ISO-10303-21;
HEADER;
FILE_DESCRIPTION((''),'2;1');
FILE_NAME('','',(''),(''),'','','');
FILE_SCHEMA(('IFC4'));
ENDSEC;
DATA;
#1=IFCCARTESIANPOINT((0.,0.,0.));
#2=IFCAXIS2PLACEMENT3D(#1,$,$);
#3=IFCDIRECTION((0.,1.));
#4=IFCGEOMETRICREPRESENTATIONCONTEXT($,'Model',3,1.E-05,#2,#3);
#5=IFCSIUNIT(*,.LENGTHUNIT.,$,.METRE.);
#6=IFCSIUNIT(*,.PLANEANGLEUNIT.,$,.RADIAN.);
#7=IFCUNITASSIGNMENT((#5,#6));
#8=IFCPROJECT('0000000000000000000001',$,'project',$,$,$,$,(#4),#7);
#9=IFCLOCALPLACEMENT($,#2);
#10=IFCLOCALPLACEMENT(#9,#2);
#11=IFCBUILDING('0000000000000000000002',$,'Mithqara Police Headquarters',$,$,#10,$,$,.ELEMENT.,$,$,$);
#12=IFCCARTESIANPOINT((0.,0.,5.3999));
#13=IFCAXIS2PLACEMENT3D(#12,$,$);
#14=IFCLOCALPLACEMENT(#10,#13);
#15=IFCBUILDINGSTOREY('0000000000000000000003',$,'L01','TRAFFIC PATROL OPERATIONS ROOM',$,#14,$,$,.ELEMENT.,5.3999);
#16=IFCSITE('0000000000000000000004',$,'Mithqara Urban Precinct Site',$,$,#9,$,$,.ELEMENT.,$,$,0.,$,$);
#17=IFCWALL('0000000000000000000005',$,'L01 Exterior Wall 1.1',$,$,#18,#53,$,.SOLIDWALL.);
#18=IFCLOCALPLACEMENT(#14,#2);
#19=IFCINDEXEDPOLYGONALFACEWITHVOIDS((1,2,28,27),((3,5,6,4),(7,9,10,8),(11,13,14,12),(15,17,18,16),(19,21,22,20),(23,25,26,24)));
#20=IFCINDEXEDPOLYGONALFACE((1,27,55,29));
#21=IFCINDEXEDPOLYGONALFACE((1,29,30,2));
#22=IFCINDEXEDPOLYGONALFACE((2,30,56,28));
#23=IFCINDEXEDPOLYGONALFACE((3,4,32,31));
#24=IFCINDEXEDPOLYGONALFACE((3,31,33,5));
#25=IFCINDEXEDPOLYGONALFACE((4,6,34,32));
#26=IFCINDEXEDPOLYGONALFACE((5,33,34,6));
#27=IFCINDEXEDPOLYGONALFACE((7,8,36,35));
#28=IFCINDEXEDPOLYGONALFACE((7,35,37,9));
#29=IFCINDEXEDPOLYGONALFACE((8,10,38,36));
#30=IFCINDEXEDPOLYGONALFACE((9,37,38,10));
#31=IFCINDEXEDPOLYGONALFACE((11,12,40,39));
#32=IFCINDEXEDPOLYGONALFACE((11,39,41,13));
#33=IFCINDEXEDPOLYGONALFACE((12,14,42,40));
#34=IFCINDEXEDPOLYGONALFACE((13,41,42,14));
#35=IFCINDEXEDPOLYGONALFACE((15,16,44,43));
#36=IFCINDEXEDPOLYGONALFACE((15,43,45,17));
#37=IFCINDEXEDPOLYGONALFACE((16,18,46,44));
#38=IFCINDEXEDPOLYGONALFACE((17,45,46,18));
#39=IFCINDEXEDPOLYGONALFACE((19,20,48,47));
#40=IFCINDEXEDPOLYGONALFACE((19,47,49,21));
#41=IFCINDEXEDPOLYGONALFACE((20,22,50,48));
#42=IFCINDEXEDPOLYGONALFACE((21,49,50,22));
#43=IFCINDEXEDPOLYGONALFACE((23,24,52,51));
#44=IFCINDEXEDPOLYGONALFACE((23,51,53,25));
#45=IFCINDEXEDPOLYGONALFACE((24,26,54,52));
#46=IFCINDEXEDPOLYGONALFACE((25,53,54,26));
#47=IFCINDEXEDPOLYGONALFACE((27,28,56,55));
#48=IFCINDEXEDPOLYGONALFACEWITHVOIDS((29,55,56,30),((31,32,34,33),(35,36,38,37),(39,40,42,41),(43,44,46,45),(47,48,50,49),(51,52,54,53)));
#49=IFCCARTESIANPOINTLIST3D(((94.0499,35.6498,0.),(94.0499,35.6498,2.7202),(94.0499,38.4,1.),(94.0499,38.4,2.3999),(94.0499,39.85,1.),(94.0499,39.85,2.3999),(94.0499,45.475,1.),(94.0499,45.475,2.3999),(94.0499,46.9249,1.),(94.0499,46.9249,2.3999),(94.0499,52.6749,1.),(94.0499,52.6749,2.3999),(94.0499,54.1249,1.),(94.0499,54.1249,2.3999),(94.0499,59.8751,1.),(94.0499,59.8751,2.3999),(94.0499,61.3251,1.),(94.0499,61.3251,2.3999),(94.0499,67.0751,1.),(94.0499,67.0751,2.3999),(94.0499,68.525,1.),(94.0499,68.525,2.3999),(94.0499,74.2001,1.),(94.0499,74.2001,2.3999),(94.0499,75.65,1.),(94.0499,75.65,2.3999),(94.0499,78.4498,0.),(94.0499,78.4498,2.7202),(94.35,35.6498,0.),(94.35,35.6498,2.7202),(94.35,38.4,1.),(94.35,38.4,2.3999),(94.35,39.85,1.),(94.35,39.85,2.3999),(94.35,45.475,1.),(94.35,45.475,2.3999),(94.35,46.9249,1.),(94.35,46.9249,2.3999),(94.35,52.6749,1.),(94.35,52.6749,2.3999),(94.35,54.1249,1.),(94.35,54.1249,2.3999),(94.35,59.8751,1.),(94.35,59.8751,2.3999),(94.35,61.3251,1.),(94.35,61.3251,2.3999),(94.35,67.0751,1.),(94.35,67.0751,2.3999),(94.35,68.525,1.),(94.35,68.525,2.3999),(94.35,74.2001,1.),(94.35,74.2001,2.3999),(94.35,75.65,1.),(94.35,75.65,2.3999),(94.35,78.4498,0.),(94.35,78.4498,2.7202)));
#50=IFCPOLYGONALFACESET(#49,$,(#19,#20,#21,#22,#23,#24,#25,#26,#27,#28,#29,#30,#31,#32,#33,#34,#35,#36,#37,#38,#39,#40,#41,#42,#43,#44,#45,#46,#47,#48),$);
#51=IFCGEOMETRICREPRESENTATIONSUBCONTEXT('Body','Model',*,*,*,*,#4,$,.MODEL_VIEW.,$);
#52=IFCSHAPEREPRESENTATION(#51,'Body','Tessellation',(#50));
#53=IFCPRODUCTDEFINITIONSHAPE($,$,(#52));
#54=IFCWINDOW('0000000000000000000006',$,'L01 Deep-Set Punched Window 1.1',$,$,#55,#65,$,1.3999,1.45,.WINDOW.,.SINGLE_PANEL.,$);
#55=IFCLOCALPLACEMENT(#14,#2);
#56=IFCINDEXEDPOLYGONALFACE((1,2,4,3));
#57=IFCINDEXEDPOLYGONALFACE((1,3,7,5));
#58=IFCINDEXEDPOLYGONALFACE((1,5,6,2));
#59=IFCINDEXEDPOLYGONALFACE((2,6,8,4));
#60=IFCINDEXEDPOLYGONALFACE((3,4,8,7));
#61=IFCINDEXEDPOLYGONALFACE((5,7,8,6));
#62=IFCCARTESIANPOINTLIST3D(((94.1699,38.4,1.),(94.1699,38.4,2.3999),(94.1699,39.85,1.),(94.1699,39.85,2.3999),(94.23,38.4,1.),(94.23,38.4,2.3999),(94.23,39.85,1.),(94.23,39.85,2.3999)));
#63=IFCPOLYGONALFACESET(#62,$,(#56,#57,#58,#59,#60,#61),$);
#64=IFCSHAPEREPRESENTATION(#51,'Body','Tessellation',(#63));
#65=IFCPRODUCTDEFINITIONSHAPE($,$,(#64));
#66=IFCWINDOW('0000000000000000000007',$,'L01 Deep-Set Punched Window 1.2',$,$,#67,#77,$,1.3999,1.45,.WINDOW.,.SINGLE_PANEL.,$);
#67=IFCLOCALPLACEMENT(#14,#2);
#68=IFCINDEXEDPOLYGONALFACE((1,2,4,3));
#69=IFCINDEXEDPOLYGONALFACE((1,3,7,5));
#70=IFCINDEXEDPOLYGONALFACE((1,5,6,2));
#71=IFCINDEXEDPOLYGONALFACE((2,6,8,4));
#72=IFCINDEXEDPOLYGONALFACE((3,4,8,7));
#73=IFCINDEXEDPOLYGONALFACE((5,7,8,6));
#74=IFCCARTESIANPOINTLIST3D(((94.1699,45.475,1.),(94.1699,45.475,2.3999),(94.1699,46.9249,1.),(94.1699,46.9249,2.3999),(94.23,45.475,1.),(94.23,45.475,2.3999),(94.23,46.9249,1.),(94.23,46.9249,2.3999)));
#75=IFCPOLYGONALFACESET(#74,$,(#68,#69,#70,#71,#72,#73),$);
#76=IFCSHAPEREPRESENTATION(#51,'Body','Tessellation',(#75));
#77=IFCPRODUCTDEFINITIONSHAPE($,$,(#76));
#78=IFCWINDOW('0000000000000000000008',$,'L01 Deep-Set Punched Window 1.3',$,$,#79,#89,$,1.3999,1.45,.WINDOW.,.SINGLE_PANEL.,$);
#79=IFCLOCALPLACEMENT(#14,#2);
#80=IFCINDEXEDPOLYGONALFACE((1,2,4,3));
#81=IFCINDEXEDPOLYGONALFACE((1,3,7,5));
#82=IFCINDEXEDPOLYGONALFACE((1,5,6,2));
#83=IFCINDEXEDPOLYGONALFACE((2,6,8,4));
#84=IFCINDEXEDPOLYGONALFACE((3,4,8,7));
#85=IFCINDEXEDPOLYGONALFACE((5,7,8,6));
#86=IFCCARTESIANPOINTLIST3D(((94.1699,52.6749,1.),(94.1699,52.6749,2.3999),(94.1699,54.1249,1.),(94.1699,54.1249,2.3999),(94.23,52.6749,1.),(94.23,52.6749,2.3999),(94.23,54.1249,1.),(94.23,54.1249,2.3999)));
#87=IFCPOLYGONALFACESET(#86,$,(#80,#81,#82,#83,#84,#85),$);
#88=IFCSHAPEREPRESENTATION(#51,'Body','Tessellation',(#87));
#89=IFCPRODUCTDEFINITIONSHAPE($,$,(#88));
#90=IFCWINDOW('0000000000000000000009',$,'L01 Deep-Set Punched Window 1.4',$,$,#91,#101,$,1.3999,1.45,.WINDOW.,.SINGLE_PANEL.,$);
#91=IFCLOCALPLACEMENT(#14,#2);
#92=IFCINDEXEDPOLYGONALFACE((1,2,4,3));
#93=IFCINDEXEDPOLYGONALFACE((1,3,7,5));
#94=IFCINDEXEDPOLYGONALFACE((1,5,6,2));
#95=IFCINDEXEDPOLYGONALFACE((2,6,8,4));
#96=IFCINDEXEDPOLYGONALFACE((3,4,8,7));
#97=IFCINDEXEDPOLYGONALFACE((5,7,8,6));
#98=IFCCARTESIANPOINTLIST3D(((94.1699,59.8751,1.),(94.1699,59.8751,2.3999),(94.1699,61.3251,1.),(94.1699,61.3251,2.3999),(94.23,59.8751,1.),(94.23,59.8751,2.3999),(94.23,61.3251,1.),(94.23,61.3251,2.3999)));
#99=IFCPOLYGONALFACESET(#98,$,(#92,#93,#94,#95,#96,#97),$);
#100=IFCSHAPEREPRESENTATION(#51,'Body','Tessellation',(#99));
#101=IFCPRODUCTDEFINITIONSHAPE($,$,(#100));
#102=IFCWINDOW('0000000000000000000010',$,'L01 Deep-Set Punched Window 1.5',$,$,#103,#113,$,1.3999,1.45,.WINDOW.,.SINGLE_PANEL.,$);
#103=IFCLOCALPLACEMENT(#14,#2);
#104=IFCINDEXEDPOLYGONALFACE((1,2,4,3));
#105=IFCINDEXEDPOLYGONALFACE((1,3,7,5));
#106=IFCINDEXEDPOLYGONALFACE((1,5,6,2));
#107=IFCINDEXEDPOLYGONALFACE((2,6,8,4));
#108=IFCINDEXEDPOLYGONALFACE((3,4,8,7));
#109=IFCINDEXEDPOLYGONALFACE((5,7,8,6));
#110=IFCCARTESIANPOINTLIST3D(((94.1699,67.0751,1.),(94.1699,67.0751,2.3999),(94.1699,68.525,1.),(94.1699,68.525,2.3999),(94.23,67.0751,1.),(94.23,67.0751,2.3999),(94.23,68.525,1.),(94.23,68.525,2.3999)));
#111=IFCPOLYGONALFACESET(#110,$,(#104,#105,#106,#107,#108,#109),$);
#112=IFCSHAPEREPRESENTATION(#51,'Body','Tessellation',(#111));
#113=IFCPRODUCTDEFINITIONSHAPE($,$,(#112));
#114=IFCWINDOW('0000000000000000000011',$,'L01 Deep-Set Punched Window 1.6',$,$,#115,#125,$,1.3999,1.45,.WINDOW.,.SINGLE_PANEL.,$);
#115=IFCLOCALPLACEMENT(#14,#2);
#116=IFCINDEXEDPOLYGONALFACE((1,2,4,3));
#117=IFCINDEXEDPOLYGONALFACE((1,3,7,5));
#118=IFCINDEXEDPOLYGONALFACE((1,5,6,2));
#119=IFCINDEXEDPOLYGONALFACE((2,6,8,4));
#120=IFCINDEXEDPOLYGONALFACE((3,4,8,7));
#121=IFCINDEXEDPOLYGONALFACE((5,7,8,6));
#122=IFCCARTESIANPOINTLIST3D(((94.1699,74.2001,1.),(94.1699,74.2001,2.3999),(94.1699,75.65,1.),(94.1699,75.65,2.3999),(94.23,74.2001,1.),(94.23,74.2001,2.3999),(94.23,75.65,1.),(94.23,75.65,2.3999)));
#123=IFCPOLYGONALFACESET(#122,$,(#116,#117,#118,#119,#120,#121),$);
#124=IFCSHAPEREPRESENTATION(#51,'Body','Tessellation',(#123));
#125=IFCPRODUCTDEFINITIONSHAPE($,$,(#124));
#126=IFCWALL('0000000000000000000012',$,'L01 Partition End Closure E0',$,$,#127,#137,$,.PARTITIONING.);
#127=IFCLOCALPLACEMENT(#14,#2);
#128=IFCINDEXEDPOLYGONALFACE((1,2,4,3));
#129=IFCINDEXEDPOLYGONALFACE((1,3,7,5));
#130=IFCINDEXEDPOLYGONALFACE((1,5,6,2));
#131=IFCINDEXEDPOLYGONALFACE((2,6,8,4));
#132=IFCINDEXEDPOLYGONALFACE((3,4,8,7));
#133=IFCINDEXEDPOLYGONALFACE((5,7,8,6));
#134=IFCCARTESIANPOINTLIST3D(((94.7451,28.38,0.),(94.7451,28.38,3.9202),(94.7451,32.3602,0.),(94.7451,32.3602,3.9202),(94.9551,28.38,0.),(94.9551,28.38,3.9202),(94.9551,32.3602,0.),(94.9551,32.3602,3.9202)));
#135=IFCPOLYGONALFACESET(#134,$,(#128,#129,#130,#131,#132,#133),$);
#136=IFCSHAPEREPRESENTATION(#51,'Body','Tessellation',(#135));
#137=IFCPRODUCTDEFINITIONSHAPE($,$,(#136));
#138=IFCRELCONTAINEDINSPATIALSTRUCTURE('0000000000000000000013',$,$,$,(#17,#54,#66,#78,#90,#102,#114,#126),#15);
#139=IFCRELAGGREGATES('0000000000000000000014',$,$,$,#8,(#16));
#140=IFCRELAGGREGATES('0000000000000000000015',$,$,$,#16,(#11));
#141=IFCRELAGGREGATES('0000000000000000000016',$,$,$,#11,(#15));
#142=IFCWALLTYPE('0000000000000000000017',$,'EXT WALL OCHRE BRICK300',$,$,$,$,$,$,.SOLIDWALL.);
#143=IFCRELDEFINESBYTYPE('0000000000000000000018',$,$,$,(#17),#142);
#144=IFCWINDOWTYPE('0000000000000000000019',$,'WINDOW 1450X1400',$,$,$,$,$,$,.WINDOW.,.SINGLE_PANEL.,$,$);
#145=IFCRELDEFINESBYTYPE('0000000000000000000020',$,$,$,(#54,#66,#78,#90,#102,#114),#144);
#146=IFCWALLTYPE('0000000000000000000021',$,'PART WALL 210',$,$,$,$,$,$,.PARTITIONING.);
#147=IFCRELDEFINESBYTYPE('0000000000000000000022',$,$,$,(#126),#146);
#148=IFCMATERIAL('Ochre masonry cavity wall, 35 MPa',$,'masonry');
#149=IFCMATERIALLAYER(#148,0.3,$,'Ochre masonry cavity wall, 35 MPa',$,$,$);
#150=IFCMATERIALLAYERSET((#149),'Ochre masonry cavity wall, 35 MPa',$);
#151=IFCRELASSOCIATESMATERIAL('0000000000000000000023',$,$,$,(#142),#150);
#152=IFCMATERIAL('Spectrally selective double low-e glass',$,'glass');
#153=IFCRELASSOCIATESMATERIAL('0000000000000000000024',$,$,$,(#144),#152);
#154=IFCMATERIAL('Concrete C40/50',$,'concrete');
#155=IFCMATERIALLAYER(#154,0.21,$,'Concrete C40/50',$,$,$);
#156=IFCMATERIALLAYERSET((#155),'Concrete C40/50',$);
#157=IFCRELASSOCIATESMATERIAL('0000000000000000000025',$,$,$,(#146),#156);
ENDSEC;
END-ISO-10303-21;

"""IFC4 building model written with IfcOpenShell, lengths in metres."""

from ifc_helpers import new_model, si_unit, direction, frame, frame_2d, origin, place, context, subcontext, project, spatial, rectangle, extrude, material, layer, layer_set, type_object, element, fill, save


model = new_model("IFC4")

# Units and contexts
model_context = context("Model", 3, precision=1e-05, world=origin(), true_north=direction((0.0, 1.0)))
body_context = subcontext(model_context, "Body", "Model", "MODEL_VIEW")
ifc_project = project(units=[si_unit("LENGTHUNIT", "METRE"), si_unit("PLANEANGLEUNIT", "RADIAN")], contexts=[model_context])

# Site, building, storey
site_placement = place(None, origin())
site = spatial("IfcSite", under=ifc_project, at=site_placement, Name="Mithqara Urban Precinct Site", CompositionType="ELEMENT", RefElevation=0.0)
building_placement = place(site_placement, origin())
building = spatial("IfcBuilding", under=site, at=building_placement, Name="Mithqara Police Headquarters", CompositionType="ELEMENT")
storey_placement = place(building_placement, frame((0.0, 0.0, 5.3999)))
storey = spatial("IfcBuildingStorey", under=building, at=storey_placement, Name="L01", Description="TRAFFIC PATROL OPERATIONS ROOM", CompositionType="ELEMENT", Elevation=5.3999)

# Shared definitions
ifc_material_1 = material(Name="Concrete C40/50", Category="concrete")

# Wall, openings, windows
ifc_material_2 = material(Name="Ochre masonry cavity wall, 35 MPa", Category="masonry")
ifc_layer_1 = layer(ifc_material_2, 0.3, Name="Ochre masonry cavity wall, 35 MPa")
ifc_layer_set_1 = layer_set([ifc_layer_1], Name="Ochre masonry cavity wall, 35 MPa")
wall_type_1 = type_object("IfcWallType", Name="EXT WALL OCHRE BRICK300", PredefinedType="SOLIDWALL", material=ifc_layer_set_1)
wall_1_placement = place(storey_placement, frame((94.2, 35.6499, 0.0), z_axis=(0.0, 0.0, 1.0), x_axis=(0.0, 1.0, 0.0)))
wall_1 = element("IfcWall", 1, at=wall_1_placement, inside=storey, type_object=wall_type_1, Name="L01 Exterior Wall 1.1", PredefinedType="SOLIDWALL", context=body_context, shape_type="SweptSolid", body=[
    extrude(rectangle(XDim=42.8, YDim=0.3, at=frame_2d((21.3999, 0.0))), origin(), (0.0, 0.0, 1.0), 2.7202),
])
opening_1_placement = place(wall_1_placement, frame((2.75, 0.0, 1.0)))
opening_1 = element("IfcOpeningElement", 2, at=opening_1_placement, cuts=wall_1, PredefinedType="OPENING", context=body_context, shape_type="SweptSolid", body=[
    extrude(rectangle(XDim=1.45, YDim=1.3999, at=frame_2d((0.7251, 0.7))), frame((0.0, 0.1602, 0.0), z_axis=(0.0, -1.0, 0.0), x_axis=(1.0, 0.0, 0.0)), (0.0, 0.0, 1.0), 0.3201),
])
opening_2_placement = place(wall_1_placement, frame((9.825, 0.0, 1.0)))
opening_2 = element("IfcOpeningElement", 3, at=opening_2_placement, cuts=wall_1, PredefinedType="OPENING", context=body_context, shape_type="SweptSolid", body=[
    extrude(rectangle(XDim=1.45, YDim=1.3999, at=frame_2d((0.7251, 0.7))), frame((0.0, 0.1602, 0.0), z_axis=(0.0, -1.0, 0.0), x_axis=(1.0, 0.0, 0.0)), (0.0, 0.0, 1.0), 0.3201),
])
opening_3_placement = place(wall_1_placement, frame((17.0249, 0.0, 1.0)))
opening_3 = element("IfcOpeningElement", 4, at=opening_3_placement, cuts=wall_1, PredefinedType="OPENING", context=body_context, shape_type="SweptSolid", body=[
    extrude(rectangle(XDim=1.45, YDim=1.3999, at=frame_2d((0.7251, 0.7))), frame((0.0, 0.1602, 0.0), z_axis=(0.0, -1.0, 0.0), x_axis=(1.0, 0.0, 0.0)), (0.0, 0.0, 1.0), 0.3201),
])
opening_4_placement = place(wall_1_placement, frame((24.2251, 0.0, 1.0)))
opening_4 = element("IfcOpeningElement", 5, at=opening_4_placement, cuts=wall_1, PredefinedType="OPENING", context=body_context, shape_type="SweptSolid", body=[
    extrude(rectangle(XDim=1.45, YDim=1.3999, at=frame_2d((0.7251, 0.7))), frame((0.0, 0.1602, 0.0), z_axis=(0.0, -1.0, 0.0), x_axis=(1.0, 0.0, 0.0)), (0.0, 0.0, 1.0), 0.3201),
])
opening_5_placement = place(wall_1_placement, frame((31.425, 0.0, 1.0)))
opening_5 = element("IfcOpeningElement", 6, at=opening_5_placement, cuts=wall_1, PredefinedType="OPENING", context=body_context, shape_type="SweptSolid", body=[
    extrude(rectangle(XDim=1.45, YDim=1.3999, at=frame_2d((0.7251, 0.7))), frame((0.0, 0.1602, 0.0), z_axis=(0.0, -1.0, 0.0), x_axis=(1.0, 0.0, 0.0)), (0.0, 0.0, 1.0), 0.3201),
])
opening_6_placement = place(wall_1_placement, frame((38.55, 0.0, 1.0)))
opening_6 = element("IfcOpeningElement", 7, at=opening_6_placement, cuts=wall_1, PredefinedType="OPENING", context=body_context, shape_type="SweptSolid", body=[
    extrude(rectangle(XDim=1.45, YDim=1.3999, at=frame_2d((0.7251, 0.7))), frame((0.0, 0.1602, 0.0), z_axis=(0.0, -1.0, 0.0), x_axis=(1.0, 0.0, 0.0)), (0.0, 0.0, 1.0), 0.3201),
])
ifc_material_3 = material(Name="Spectrally selective double low-e glass", Category="glass")
window_type = type_object("IfcWindowType", Name="WINDOW 1450X1400", PartitioningType="SINGLE_PANEL", PredefinedType="WINDOW", material=ifc_material_3)
window_1_placement = place(opening_1_placement, origin())
window_1 = element("IfcWindow", 8, at=window_1_placement, inside=storey, type_object=window_type, Name="L01 Deep-Set Punched Window 1.1", OverallHeight=1.3999, OverallWidth=1.45, PartitioningType="SINGLE_PANEL", PredefinedType="WINDOW", context=body_context, shape_type="SweptSolid", body=[
    extrude(rectangle(XDim=1.45, YDim=1.3999, at=frame_2d((0.7251, 0.7))), frame((0.0, 0.03, 0.0), z_axis=(0.0, -1.0, 0.0), x_axis=(1.0, 0.0, 0.0)), (0.0, 0.0, 1.0), 0.0601),
])
fill(opening_1, window_1)
window_2_placement = place(opening_2_placement, origin())
window_2 = element("IfcWindow", 9, at=window_2_placement, inside=storey, type_object=window_type, Name="L01 Deep-Set Punched Window 1.2", OverallHeight=1.3999, OverallWidth=1.45, PartitioningType="SINGLE_PANEL", PredefinedType="WINDOW", context=body_context, shape_type="SweptSolid", body=[
    extrude(rectangle(XDim=1.45, YDim=1.3999, at=frame_2d((0.7251, 0.7))), frame((0.0, 0.03, 0.0), z_axis=(0.0, -1.0, 0.0), x_axis=(1.0, 0.0, 0.0)), (0.0, 0.0, 1.0), 0.0601),
])
fill(opening_2, window_2)
window_3_placement = place(opening_3_placement, origin())
window_3 = element("IfcWindow", 10, at=window_3_placement, inside=storey, type_object=window_type, Name="L01 Deep-Set Punched Window 1.3", OverallHeight=1.3999, OverallWidth=1.45, PartitioningType="SINGLE_PANEL", PredefinedType="WINDOW", context=body_context, shape_type="SweptSolid", body=[
    extrude(rectangle(XDim=1.45, YDim=1.3999, at=frame_2d((0.7251, 0.7))), frame((0.0, 0.03, 0.0), z_axis=(0.0, -1.0, 0.0), x_axis=(1.0, 0.0, 0.0)), (0.0, 0.0, 1.0), 0.0601),
])
fill(opening_3, window_3)
window_4_placement = place(opening_4_placement, origin())
window_4 = element("IfcWindow", 11, at=window_4_placement, inside=storey, type_object=window_type, Name="L01 Deep-Set Punched Window 1.4", OverallHeight=1.3999, OverallWidth=1.45, PartitioningType="SINGLE_PANEL", PredefinedType="WINDOW", context=body_context, shape_type="SweptSolid", body=[
    extrude(rectangle(XDim=1.45, YDim=1.3999, at=frame_2d((0.7251, 0.7))), frame((0.0, 0.03, 0.0), z_axis=(0.0, -1.0, 0.0), x_axis=(1.0, 0.0, 0.0)), (0.0, 0.0, 1.0), 0.0601),
])
fill(opening_4, window_4)
window_5_placement = place(opening_5_placement, origin())
window_5 = element("IfcWindow", 12, at=window_5_placement, inside=storey, type_object=window_type, Name="L01 Deep-Set Punched Window 1.5", OverallHeight=1.3999, OverallWidth=1.45, PartitioningType="SINGLE_PANEL", PredefinedType="WINDOW", context=body_context, shape_type="SweptSolid", body=[
    extrude(rectangle(XDim=1.45, YDim=1.3999, at=frame_2d((0.7251, 0.7))), frame((0.0, 0.03, 0.0), z_axis=(0.0, -1.0, 0.0), x_axis=(1.0, 0.0, 0.0)), (0.0, 0.0, 1.0), 0.0601),
])
fill(opening_5, window_5)
window_6_placement = place(opening_6_placement, origin())
window_6 = element("IfcWindow", 13, at=window_6_placement, inside=storey, type_object=window_type, Name="L01 Deep-Set Punched Window 1.6", OverallHeight=1.3999, OverallWidth=1.45, PartitioningType="SINGLE_PANEL", PredefinedType="WINDOW", context=body_context, shape_type="SweptSolid", body=[
    extrude(rectangle(XDim=1.45, YDim=1.3999, at=frame_2d((0.7251, 0.7))), frame((0.0, 0.03, 0.0), z_axis=(0.0, -1.0, 0.0), x_axis=(1.0, 0.0, 0.0)), (0.0, 0.0, 1.0), 0.0601),
])
fill(opening_6, window_6)

# Wall
ifc_layer_2 = layer(ifc_material_1, 0.21, Name="Concrete C40/50")
ifc_layer_set_2 = layer_set([ifc_layer_2], Name="Concrete C40/50")
wall_type_2 = type_object("IfcWallType", Name="PART WALL 210", PredefinedType="PARTITIONING", material=ifc_layer_set_2)
wall_2_placement = place(storey_placement, frame((94.8501, 28.3799, 0.0), z_axis=(0.0, 0.0, 1.0), x_axis=(0.0, 1.0, 0.0)))
element("IfcWall", 14, at=wall_2_placement, inside=storey, type_object=wall_type_2, Name="L01 Partition End Closure E0", PredefinedType="PARTITIONING", context=body_context, shape_type="SweptSolid", body=[
    extrude(rectangle(XDim=3.9802, YDim=0.21, at=frame_2d((1.9902, 0.0))), origin(), (0.0, 0.0, 1.0), 3.9202),
])

save(model, "model.ifc")
